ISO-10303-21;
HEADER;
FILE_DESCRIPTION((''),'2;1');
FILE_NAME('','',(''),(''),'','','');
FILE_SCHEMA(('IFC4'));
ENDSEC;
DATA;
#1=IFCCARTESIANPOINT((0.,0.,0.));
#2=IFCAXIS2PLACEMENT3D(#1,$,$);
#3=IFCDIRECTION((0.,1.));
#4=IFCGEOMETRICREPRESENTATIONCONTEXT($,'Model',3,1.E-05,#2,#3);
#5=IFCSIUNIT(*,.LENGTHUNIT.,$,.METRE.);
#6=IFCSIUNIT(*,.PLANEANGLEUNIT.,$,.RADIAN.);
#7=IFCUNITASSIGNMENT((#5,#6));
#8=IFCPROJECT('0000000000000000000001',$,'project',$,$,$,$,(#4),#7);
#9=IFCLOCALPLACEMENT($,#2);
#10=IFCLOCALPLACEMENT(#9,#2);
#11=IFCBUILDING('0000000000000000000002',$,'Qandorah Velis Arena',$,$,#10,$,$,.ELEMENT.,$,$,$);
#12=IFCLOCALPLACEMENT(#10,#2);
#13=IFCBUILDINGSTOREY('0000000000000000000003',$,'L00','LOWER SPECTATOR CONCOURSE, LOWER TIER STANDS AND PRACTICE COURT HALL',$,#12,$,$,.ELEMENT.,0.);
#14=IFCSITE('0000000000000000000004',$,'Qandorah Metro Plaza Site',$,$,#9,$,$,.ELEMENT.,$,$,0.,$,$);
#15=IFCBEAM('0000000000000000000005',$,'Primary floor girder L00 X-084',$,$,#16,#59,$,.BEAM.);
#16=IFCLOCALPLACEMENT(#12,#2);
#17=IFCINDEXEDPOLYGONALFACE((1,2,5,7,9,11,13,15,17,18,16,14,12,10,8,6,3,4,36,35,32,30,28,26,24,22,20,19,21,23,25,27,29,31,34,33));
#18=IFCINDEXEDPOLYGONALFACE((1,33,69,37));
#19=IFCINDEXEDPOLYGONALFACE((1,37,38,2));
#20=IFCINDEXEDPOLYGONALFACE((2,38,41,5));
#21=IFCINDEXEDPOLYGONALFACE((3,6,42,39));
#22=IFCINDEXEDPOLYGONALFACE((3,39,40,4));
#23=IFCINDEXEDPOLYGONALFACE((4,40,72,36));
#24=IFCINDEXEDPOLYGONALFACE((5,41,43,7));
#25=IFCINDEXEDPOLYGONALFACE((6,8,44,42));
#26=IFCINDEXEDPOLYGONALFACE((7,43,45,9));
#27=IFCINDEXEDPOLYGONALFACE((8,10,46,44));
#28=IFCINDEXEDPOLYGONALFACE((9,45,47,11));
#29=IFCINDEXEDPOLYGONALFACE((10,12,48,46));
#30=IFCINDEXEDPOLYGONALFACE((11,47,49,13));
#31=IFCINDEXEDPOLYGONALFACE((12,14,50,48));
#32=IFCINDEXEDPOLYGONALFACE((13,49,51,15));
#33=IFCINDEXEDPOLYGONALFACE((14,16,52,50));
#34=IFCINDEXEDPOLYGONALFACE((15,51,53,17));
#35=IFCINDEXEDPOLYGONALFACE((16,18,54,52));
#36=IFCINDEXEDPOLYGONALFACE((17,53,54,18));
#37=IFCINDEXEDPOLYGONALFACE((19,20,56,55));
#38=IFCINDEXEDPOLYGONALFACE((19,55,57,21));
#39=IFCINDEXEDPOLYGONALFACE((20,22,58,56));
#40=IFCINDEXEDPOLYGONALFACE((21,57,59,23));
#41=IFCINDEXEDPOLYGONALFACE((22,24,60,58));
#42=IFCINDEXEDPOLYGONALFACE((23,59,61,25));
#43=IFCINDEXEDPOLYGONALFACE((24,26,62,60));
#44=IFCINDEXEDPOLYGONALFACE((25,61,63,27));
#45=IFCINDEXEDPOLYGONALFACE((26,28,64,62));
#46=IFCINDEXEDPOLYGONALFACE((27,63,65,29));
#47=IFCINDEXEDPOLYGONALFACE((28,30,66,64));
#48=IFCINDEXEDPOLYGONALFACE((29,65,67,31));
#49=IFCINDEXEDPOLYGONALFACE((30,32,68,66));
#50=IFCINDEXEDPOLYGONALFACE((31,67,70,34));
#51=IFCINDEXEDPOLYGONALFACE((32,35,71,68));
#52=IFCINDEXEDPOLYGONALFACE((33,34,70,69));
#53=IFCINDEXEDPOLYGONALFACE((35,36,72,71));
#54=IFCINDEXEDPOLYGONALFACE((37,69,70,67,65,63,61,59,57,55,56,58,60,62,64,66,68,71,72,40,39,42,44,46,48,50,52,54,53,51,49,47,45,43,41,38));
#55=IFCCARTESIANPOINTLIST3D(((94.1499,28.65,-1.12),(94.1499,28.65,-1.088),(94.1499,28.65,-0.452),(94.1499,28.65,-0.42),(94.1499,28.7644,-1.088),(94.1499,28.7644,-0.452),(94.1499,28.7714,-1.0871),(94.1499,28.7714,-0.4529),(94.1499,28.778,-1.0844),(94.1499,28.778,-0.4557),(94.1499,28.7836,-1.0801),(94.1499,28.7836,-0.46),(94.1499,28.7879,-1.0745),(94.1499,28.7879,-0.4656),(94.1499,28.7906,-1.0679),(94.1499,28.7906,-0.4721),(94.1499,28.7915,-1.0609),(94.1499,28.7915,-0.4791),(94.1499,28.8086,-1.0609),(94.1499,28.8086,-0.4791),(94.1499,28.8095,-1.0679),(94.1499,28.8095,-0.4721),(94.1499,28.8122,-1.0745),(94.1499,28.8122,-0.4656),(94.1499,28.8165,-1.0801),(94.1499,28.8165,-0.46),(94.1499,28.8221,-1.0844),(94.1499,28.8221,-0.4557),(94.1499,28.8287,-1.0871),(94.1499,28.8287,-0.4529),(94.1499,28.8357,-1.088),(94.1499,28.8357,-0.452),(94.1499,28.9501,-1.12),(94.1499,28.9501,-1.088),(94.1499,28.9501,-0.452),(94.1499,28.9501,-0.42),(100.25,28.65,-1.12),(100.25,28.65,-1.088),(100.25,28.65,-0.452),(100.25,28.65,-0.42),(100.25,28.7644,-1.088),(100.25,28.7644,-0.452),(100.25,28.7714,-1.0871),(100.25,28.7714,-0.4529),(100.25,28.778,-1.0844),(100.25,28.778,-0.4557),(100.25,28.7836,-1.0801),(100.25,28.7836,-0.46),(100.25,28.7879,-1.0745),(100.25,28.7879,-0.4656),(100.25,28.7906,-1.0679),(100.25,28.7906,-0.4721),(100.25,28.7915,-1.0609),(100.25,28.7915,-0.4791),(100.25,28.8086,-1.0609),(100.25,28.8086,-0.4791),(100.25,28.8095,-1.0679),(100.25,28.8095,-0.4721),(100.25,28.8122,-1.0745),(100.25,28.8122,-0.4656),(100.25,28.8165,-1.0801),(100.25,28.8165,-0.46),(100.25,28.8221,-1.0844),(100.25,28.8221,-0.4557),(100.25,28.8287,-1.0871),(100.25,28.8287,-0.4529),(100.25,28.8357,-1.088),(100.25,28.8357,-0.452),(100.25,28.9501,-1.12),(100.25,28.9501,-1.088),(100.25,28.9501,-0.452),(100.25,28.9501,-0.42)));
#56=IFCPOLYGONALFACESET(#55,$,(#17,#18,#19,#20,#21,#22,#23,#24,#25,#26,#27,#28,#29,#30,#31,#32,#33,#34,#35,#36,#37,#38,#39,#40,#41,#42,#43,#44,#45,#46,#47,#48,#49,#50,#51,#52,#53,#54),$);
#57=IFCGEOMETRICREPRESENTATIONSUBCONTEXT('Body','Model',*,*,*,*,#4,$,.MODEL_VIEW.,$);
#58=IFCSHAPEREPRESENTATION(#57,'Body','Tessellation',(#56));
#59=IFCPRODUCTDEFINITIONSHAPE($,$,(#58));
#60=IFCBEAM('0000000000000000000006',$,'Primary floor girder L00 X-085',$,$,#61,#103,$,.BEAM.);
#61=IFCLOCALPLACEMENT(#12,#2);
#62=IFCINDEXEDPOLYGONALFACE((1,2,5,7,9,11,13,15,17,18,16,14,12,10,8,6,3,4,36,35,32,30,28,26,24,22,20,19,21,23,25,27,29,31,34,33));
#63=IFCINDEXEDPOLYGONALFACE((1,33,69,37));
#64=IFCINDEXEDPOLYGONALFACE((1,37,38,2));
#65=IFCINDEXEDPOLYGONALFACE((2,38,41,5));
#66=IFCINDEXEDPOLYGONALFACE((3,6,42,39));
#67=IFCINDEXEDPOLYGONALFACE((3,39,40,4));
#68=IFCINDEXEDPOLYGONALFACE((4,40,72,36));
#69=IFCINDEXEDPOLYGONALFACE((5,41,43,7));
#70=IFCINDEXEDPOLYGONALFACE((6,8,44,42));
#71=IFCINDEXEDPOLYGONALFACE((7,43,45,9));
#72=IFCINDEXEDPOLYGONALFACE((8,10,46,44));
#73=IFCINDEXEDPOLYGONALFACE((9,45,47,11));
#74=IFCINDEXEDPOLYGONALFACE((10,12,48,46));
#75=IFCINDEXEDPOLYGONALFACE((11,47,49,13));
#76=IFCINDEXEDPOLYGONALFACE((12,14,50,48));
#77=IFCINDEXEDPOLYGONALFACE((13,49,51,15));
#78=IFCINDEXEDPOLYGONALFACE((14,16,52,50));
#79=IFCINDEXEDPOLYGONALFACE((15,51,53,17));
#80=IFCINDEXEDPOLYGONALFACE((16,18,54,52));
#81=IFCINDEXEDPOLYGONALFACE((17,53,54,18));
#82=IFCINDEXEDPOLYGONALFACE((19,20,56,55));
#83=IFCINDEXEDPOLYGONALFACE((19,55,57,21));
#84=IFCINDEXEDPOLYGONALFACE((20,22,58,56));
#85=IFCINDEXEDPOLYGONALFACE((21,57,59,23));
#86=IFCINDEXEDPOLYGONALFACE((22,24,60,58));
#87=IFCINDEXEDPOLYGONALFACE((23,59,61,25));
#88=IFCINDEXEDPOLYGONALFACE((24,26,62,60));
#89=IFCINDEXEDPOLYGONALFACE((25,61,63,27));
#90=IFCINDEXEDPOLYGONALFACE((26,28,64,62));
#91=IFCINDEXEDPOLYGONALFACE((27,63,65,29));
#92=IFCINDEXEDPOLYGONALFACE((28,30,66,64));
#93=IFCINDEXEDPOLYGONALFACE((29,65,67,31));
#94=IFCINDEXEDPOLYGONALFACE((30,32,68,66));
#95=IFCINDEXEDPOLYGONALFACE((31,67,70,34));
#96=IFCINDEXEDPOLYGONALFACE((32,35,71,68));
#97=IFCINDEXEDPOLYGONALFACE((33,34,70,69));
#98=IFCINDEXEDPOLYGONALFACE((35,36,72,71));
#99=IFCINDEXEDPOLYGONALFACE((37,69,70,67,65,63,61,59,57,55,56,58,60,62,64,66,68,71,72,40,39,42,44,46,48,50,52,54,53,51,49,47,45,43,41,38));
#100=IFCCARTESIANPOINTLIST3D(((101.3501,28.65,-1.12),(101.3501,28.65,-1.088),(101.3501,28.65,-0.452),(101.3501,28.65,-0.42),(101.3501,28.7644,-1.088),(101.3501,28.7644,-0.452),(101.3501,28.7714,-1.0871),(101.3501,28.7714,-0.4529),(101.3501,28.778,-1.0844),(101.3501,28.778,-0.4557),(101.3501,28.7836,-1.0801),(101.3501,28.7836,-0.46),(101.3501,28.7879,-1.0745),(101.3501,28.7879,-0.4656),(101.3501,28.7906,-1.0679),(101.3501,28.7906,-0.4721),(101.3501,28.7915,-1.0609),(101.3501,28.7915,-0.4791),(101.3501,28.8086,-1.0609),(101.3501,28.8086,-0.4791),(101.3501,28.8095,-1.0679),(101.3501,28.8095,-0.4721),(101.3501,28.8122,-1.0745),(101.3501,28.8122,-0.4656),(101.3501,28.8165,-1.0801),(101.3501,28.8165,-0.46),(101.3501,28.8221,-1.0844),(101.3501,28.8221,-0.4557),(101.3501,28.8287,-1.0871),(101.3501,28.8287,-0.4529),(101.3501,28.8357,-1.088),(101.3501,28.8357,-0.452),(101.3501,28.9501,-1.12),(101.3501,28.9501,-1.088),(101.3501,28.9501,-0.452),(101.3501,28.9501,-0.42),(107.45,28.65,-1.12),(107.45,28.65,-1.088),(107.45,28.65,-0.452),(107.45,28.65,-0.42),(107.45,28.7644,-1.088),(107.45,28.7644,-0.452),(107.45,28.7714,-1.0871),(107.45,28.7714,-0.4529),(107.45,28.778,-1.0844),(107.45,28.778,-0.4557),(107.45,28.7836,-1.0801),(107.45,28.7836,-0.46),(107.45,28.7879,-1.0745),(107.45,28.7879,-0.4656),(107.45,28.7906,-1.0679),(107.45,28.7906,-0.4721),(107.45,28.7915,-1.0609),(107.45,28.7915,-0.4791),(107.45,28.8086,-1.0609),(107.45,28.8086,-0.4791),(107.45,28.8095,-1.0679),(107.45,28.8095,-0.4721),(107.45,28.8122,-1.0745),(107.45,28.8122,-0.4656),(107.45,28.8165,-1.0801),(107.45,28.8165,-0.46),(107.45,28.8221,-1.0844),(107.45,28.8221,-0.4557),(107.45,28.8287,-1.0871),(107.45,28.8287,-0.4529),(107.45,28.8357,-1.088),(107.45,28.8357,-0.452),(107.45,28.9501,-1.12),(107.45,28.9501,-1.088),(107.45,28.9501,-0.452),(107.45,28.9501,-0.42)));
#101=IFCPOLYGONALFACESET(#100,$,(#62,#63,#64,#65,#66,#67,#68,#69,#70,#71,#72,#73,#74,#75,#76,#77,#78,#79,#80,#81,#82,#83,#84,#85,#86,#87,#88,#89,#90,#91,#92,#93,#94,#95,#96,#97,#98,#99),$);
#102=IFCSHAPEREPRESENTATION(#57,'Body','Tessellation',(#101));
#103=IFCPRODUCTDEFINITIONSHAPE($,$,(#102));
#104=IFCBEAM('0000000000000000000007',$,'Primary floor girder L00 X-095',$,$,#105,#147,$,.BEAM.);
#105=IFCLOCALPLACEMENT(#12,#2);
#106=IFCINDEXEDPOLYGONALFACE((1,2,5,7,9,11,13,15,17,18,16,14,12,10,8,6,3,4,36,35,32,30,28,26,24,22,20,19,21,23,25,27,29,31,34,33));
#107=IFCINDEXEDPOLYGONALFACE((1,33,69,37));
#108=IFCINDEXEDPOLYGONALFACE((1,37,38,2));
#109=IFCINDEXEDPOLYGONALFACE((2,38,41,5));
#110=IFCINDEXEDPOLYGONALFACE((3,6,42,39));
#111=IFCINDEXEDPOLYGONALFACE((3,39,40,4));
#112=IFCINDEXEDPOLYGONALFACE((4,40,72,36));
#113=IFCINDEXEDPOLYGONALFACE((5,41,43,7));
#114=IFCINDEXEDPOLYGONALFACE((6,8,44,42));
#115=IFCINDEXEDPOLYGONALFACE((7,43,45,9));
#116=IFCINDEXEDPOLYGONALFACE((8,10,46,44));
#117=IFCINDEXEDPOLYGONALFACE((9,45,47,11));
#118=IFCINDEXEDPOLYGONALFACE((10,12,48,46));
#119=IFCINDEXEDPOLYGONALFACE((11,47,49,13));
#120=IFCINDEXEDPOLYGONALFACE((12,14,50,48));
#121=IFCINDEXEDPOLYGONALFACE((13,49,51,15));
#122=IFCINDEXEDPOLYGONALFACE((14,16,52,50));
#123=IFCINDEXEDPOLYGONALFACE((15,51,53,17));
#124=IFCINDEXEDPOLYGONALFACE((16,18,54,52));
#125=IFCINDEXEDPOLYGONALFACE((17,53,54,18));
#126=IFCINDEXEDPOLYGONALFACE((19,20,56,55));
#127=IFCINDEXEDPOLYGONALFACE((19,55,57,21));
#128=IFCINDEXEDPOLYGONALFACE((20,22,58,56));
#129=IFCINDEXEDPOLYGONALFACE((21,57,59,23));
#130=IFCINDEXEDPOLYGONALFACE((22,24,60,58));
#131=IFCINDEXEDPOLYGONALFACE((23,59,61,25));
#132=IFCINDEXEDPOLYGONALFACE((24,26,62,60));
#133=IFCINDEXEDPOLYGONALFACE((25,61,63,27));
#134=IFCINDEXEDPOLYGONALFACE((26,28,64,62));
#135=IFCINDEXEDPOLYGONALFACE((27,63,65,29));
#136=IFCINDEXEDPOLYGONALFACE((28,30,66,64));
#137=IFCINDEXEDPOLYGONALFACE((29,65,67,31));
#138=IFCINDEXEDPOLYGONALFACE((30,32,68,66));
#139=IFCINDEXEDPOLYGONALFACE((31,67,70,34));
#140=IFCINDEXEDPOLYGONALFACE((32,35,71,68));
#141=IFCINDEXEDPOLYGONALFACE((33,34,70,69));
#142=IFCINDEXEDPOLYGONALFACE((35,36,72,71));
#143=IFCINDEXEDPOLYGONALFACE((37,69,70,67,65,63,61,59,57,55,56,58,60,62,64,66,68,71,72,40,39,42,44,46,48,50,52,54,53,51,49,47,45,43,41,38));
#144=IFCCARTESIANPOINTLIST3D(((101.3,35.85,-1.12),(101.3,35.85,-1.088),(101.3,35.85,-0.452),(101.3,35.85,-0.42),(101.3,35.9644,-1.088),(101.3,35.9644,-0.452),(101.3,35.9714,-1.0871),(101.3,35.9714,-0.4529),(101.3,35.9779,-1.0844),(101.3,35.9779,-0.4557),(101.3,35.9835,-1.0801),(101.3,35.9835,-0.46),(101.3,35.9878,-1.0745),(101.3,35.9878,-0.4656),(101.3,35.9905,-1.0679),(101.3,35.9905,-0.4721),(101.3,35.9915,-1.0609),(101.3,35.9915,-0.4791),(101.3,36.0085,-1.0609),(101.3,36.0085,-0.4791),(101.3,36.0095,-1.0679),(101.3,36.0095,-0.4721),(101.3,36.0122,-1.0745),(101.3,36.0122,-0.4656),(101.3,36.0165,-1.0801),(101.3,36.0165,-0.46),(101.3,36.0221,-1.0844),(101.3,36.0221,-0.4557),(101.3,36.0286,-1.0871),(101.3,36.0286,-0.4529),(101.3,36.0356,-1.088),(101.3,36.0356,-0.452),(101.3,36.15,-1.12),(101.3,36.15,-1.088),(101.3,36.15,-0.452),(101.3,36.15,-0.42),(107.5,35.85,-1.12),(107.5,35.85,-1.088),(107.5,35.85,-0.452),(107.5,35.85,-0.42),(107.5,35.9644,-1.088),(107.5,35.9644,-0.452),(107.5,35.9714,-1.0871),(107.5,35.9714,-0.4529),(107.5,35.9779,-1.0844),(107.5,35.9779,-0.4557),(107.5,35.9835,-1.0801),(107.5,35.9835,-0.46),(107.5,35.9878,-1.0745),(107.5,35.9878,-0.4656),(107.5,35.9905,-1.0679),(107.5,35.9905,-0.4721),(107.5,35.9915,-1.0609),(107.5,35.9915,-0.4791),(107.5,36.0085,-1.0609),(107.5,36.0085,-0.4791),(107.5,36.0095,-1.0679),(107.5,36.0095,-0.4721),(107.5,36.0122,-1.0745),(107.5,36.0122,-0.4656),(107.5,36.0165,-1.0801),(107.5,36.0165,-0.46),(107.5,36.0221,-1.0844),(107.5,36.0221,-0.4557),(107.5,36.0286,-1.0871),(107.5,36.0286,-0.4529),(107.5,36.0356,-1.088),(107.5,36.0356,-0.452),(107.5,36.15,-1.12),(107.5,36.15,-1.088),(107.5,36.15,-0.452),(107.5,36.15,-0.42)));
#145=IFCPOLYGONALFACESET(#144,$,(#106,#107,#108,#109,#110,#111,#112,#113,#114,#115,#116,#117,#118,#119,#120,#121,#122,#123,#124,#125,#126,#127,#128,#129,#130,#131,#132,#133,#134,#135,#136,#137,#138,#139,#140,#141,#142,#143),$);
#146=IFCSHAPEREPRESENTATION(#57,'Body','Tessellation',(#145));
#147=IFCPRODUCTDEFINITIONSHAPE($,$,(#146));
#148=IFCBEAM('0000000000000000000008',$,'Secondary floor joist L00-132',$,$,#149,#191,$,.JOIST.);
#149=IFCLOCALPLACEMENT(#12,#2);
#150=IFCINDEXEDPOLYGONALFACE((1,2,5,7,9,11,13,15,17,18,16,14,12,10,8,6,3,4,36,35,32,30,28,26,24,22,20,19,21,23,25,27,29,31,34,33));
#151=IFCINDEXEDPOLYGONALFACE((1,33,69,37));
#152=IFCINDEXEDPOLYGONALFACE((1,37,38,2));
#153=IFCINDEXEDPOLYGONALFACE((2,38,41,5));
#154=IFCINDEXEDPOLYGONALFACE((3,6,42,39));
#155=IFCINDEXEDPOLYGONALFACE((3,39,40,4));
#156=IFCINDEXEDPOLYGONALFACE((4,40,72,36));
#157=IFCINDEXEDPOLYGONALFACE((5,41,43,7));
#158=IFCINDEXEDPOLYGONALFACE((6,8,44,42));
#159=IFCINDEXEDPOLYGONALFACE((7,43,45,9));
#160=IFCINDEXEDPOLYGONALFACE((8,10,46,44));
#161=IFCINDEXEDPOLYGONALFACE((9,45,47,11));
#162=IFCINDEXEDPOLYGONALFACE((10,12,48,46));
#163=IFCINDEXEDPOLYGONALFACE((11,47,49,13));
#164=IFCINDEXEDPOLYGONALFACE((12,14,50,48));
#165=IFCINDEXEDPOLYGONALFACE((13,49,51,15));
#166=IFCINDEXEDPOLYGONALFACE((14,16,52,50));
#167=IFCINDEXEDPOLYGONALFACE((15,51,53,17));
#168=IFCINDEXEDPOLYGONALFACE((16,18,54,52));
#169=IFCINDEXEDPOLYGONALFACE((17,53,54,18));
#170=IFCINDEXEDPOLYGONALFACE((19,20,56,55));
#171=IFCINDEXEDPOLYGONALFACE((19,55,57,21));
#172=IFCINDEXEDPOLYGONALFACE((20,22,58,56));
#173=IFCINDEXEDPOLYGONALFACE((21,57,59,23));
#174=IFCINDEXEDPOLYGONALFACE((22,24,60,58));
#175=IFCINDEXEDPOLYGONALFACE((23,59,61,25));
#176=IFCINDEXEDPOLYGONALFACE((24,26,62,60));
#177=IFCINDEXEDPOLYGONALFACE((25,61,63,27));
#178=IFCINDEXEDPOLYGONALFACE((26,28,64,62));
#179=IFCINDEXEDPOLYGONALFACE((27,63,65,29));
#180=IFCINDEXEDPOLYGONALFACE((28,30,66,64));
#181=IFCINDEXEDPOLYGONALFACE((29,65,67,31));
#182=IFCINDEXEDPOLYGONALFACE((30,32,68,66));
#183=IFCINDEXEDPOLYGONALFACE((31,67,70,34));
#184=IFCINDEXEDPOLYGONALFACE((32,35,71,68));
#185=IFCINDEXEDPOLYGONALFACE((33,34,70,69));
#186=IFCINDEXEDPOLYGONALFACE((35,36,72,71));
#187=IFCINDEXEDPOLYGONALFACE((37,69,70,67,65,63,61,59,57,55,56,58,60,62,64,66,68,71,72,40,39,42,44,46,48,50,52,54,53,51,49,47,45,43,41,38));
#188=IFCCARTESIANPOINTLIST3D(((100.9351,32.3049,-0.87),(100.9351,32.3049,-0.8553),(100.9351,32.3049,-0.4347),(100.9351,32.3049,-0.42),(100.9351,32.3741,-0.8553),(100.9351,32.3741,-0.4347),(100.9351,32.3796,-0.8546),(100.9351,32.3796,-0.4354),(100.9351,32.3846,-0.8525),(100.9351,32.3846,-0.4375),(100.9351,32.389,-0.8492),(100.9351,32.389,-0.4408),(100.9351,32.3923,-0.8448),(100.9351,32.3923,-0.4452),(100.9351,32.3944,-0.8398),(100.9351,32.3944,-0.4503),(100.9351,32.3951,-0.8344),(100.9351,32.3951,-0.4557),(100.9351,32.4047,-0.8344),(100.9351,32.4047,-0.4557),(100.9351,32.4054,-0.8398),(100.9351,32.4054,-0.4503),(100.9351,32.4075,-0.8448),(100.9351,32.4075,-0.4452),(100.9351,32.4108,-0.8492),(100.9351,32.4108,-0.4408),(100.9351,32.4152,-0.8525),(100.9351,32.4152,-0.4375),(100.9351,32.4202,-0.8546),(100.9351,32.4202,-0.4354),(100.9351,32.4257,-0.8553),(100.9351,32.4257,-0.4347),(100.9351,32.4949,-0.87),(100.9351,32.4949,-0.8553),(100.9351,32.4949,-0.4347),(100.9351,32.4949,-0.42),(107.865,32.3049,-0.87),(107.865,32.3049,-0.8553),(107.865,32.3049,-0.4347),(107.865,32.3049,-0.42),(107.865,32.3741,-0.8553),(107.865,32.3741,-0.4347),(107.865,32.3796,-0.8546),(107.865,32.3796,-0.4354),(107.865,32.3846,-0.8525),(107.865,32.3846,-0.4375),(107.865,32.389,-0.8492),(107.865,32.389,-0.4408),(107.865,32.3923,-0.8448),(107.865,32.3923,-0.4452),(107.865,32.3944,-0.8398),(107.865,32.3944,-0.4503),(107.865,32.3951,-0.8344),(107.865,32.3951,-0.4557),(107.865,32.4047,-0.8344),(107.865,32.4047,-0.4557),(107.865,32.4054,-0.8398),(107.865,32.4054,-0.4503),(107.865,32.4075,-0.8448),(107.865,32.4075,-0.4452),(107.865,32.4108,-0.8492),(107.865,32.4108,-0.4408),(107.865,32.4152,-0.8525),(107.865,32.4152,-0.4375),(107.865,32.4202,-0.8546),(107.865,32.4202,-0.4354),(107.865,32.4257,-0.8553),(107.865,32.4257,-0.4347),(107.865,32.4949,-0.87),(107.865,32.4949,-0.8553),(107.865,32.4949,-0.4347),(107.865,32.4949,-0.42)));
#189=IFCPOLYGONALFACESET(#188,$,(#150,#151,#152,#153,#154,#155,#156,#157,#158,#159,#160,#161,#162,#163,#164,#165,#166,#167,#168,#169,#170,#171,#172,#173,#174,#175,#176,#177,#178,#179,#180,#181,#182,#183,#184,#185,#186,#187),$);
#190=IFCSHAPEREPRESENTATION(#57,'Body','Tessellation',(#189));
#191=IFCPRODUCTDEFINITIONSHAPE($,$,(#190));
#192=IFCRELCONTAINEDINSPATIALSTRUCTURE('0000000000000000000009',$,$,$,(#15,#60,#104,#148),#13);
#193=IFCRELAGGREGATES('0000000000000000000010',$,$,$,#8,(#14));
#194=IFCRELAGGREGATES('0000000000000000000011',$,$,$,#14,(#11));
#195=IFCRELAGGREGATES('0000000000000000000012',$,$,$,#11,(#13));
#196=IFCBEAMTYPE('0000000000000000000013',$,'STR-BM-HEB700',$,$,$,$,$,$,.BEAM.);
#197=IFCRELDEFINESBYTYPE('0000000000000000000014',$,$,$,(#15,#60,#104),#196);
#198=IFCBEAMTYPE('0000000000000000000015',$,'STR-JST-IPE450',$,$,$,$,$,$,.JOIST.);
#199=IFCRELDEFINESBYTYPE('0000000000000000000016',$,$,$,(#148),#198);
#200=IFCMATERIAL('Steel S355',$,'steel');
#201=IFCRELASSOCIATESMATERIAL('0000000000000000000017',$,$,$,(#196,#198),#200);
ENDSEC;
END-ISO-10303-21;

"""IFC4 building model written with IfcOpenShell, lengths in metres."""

from ifc_helpers import new_model, si_unit, direction, frame, origin, origin_2d, place, context, subcontext, project, spatial, i_section, extrude, material, material_profile, profile_set, type_object, element, save


model = new_model("IFC4")

# Units and contexts
model_context = context("Model", 3, precision=1e-05, world=origin(), true_north=direction((0.0, 1.0)))
body_context = subcontext(model_context, "Body", "Model", "MODEL_VIEW")
ifc_project = project(units=[si_unit("LENGTHUNIT", "METRE"), si_unit("PLANEANGLEUNIT", "RADIAN")], contexts=[model_context])

# Site, building, storey
site_placement = place(None, origin())
site = spatial("IfcSite", under=ifc_project, at=site_placement, Name="Qandorah Metro Plaza Site", CompositionType="ELEMENT", RefElevation=0.0)
building_placement = place(site_placement, origin())
building = spatial("IfcBuilding", under=site, at=building_placement, Name="Qandorah Velis Arena", CompositionType="ELEMENT")
storey_placement = place(building_placement, origin())
storey = spatial("IfcBuildingStorey", under=building, at=storey_placement, Name="L00", Description="LOWER SPECTATOR CONCOURSE, LOWER TIER STANDS AND PRACTICE COURT HALL", CompositionType="ELEMENT", Elevation=0.0)

# Beams
ifc_material_1 = material(Name="Steel S355", Category="steel")
ifc_material_profile_1 = material_profile(ifc_material_1, i_section(OverallWidth=0.3, OverallDepth=0.7, WebThickness=0.0171, FlangeThickness=0.032, FilletRadius=0.0271, at=origin_2d()), Name="HEB 700")
ifc_profile_set_1 = profile_set([ifc_material_profile_1], Name="Steel S355")
beam_type_1 = type_object("IfcBeamType", Name="STR-BM-HEB700", PredefinedType="BEAM", material=ifc_profile_set_1)
for number, where, z_axis, x_axis, name in (
    (1, (94.1499, 28.8, -0.77), (1.0, 0.0, 0.0), (0.0, 1.0, 0.0), "Primary floor girder L00 X-084"),
):
    element("IfcBeam", number, at=place(storey_placement, frame(where, z_axis=z_axis, x_axis=x_axis)), inside=storey, type_object=beam_type_1, Name=name, PredefinedType="BEAM", context=body_context, shape_type="SweptSolid", body=[
        extrude(i_section(OverallWidth=0.3, OverallDepth=0.7, WebThickness=0.0171, FlangeThickness=0.032, FilletRadius=0.0271, at=origin_2d()), origin(), (0.0, 0.0, 1.0), 6.1001),
    ])
beam_1_placement = place(storey_placement, frame((101.3501, 28.8, -0.77), z_axis=(1.0, 0.0, 0.0), x_axis=(0.0, 1.0, 0.0)))
element("IfcBeam", 2, at=beam_1_placement, inside=storey, type_object=beam_type_1, Name="Primary floor girder L00 X-085", PredefinedType="BEAM", context=body_context, shape_type="SweptSolid", body=[
    extrude(i_section(OverallWidth=0.3, OverallDepth=0.7, WebThickness=0.0171, FlangeThickness=0.032, FilletRadius=0.0271, at=origin_2d()), origin(), (0.0, 0.0, 1.0), 6.0999),
])
beam_2_placement = place(storey_placement, frame((101.3, 36.0, -0.77), z_axis=(1.0, 0.0, 0.0), x_axis=(0.0, 1.0, 0.0)))
element("IfcBeam", 3, at=beam_2_placement, inside=storey, type_object=beam_type_1, Name="Primary floor girder L00 X-095", PredefinedType="BEAM", context=body_context, shape_type="SweptSolid", body=[
    extrude(i_section(OverallWidth=0.3, OverallDepth=0.7, WebThickness=0.0171, FlangeThickness=0.032, FilletRadius=0.0271, at=origin_2d()), origin(), (0.0, 0.0, 1.0), 6.2),
])
ifc_material_profile_2 = material_profile(ifc_material_1, i_section(OverallWidth=0.1899, OverallDepth=0.45, WebThickness=0.0095, FlangeThickness=0.0146, FilletRadius=0.021, at=origin_2d()), Name="IPE 450")
ifc_profile_set_2 = profile_set([ifc_material_profile_2], Name="Steel S355")
beam_type_2 = type_object("IfcBeamType", Name="STR-JST-IPE450", PredefinedType="JOIST", material=ifc_profile_set_2)
beam_3_placement = place(storey_placement, frame((100.9351, 32.3999, -0.645), z_axis=(1.0, 0.0, 0.0), x_axis=(0.0, 1.0, 0.0)))
element("IfcBeam", 4, at=beam_3_placement, inside=storey, type_object=beam_type_2, Name="Secondary floor joist L00-132", PredefinedType="JOIST", context=body_context, shape_type="SweptSolid", body=[
    extrude(i_section(OverallWidth=0.1899, OverallDepth=0.45, WebThickness=0.0095, FlangeThickness=0.0146, FilletRadius=0.021, at=origin_2d()), origin(), (0.0, 0.0, 1.0), 6.9299),
])

save(model, "model.ifc")
